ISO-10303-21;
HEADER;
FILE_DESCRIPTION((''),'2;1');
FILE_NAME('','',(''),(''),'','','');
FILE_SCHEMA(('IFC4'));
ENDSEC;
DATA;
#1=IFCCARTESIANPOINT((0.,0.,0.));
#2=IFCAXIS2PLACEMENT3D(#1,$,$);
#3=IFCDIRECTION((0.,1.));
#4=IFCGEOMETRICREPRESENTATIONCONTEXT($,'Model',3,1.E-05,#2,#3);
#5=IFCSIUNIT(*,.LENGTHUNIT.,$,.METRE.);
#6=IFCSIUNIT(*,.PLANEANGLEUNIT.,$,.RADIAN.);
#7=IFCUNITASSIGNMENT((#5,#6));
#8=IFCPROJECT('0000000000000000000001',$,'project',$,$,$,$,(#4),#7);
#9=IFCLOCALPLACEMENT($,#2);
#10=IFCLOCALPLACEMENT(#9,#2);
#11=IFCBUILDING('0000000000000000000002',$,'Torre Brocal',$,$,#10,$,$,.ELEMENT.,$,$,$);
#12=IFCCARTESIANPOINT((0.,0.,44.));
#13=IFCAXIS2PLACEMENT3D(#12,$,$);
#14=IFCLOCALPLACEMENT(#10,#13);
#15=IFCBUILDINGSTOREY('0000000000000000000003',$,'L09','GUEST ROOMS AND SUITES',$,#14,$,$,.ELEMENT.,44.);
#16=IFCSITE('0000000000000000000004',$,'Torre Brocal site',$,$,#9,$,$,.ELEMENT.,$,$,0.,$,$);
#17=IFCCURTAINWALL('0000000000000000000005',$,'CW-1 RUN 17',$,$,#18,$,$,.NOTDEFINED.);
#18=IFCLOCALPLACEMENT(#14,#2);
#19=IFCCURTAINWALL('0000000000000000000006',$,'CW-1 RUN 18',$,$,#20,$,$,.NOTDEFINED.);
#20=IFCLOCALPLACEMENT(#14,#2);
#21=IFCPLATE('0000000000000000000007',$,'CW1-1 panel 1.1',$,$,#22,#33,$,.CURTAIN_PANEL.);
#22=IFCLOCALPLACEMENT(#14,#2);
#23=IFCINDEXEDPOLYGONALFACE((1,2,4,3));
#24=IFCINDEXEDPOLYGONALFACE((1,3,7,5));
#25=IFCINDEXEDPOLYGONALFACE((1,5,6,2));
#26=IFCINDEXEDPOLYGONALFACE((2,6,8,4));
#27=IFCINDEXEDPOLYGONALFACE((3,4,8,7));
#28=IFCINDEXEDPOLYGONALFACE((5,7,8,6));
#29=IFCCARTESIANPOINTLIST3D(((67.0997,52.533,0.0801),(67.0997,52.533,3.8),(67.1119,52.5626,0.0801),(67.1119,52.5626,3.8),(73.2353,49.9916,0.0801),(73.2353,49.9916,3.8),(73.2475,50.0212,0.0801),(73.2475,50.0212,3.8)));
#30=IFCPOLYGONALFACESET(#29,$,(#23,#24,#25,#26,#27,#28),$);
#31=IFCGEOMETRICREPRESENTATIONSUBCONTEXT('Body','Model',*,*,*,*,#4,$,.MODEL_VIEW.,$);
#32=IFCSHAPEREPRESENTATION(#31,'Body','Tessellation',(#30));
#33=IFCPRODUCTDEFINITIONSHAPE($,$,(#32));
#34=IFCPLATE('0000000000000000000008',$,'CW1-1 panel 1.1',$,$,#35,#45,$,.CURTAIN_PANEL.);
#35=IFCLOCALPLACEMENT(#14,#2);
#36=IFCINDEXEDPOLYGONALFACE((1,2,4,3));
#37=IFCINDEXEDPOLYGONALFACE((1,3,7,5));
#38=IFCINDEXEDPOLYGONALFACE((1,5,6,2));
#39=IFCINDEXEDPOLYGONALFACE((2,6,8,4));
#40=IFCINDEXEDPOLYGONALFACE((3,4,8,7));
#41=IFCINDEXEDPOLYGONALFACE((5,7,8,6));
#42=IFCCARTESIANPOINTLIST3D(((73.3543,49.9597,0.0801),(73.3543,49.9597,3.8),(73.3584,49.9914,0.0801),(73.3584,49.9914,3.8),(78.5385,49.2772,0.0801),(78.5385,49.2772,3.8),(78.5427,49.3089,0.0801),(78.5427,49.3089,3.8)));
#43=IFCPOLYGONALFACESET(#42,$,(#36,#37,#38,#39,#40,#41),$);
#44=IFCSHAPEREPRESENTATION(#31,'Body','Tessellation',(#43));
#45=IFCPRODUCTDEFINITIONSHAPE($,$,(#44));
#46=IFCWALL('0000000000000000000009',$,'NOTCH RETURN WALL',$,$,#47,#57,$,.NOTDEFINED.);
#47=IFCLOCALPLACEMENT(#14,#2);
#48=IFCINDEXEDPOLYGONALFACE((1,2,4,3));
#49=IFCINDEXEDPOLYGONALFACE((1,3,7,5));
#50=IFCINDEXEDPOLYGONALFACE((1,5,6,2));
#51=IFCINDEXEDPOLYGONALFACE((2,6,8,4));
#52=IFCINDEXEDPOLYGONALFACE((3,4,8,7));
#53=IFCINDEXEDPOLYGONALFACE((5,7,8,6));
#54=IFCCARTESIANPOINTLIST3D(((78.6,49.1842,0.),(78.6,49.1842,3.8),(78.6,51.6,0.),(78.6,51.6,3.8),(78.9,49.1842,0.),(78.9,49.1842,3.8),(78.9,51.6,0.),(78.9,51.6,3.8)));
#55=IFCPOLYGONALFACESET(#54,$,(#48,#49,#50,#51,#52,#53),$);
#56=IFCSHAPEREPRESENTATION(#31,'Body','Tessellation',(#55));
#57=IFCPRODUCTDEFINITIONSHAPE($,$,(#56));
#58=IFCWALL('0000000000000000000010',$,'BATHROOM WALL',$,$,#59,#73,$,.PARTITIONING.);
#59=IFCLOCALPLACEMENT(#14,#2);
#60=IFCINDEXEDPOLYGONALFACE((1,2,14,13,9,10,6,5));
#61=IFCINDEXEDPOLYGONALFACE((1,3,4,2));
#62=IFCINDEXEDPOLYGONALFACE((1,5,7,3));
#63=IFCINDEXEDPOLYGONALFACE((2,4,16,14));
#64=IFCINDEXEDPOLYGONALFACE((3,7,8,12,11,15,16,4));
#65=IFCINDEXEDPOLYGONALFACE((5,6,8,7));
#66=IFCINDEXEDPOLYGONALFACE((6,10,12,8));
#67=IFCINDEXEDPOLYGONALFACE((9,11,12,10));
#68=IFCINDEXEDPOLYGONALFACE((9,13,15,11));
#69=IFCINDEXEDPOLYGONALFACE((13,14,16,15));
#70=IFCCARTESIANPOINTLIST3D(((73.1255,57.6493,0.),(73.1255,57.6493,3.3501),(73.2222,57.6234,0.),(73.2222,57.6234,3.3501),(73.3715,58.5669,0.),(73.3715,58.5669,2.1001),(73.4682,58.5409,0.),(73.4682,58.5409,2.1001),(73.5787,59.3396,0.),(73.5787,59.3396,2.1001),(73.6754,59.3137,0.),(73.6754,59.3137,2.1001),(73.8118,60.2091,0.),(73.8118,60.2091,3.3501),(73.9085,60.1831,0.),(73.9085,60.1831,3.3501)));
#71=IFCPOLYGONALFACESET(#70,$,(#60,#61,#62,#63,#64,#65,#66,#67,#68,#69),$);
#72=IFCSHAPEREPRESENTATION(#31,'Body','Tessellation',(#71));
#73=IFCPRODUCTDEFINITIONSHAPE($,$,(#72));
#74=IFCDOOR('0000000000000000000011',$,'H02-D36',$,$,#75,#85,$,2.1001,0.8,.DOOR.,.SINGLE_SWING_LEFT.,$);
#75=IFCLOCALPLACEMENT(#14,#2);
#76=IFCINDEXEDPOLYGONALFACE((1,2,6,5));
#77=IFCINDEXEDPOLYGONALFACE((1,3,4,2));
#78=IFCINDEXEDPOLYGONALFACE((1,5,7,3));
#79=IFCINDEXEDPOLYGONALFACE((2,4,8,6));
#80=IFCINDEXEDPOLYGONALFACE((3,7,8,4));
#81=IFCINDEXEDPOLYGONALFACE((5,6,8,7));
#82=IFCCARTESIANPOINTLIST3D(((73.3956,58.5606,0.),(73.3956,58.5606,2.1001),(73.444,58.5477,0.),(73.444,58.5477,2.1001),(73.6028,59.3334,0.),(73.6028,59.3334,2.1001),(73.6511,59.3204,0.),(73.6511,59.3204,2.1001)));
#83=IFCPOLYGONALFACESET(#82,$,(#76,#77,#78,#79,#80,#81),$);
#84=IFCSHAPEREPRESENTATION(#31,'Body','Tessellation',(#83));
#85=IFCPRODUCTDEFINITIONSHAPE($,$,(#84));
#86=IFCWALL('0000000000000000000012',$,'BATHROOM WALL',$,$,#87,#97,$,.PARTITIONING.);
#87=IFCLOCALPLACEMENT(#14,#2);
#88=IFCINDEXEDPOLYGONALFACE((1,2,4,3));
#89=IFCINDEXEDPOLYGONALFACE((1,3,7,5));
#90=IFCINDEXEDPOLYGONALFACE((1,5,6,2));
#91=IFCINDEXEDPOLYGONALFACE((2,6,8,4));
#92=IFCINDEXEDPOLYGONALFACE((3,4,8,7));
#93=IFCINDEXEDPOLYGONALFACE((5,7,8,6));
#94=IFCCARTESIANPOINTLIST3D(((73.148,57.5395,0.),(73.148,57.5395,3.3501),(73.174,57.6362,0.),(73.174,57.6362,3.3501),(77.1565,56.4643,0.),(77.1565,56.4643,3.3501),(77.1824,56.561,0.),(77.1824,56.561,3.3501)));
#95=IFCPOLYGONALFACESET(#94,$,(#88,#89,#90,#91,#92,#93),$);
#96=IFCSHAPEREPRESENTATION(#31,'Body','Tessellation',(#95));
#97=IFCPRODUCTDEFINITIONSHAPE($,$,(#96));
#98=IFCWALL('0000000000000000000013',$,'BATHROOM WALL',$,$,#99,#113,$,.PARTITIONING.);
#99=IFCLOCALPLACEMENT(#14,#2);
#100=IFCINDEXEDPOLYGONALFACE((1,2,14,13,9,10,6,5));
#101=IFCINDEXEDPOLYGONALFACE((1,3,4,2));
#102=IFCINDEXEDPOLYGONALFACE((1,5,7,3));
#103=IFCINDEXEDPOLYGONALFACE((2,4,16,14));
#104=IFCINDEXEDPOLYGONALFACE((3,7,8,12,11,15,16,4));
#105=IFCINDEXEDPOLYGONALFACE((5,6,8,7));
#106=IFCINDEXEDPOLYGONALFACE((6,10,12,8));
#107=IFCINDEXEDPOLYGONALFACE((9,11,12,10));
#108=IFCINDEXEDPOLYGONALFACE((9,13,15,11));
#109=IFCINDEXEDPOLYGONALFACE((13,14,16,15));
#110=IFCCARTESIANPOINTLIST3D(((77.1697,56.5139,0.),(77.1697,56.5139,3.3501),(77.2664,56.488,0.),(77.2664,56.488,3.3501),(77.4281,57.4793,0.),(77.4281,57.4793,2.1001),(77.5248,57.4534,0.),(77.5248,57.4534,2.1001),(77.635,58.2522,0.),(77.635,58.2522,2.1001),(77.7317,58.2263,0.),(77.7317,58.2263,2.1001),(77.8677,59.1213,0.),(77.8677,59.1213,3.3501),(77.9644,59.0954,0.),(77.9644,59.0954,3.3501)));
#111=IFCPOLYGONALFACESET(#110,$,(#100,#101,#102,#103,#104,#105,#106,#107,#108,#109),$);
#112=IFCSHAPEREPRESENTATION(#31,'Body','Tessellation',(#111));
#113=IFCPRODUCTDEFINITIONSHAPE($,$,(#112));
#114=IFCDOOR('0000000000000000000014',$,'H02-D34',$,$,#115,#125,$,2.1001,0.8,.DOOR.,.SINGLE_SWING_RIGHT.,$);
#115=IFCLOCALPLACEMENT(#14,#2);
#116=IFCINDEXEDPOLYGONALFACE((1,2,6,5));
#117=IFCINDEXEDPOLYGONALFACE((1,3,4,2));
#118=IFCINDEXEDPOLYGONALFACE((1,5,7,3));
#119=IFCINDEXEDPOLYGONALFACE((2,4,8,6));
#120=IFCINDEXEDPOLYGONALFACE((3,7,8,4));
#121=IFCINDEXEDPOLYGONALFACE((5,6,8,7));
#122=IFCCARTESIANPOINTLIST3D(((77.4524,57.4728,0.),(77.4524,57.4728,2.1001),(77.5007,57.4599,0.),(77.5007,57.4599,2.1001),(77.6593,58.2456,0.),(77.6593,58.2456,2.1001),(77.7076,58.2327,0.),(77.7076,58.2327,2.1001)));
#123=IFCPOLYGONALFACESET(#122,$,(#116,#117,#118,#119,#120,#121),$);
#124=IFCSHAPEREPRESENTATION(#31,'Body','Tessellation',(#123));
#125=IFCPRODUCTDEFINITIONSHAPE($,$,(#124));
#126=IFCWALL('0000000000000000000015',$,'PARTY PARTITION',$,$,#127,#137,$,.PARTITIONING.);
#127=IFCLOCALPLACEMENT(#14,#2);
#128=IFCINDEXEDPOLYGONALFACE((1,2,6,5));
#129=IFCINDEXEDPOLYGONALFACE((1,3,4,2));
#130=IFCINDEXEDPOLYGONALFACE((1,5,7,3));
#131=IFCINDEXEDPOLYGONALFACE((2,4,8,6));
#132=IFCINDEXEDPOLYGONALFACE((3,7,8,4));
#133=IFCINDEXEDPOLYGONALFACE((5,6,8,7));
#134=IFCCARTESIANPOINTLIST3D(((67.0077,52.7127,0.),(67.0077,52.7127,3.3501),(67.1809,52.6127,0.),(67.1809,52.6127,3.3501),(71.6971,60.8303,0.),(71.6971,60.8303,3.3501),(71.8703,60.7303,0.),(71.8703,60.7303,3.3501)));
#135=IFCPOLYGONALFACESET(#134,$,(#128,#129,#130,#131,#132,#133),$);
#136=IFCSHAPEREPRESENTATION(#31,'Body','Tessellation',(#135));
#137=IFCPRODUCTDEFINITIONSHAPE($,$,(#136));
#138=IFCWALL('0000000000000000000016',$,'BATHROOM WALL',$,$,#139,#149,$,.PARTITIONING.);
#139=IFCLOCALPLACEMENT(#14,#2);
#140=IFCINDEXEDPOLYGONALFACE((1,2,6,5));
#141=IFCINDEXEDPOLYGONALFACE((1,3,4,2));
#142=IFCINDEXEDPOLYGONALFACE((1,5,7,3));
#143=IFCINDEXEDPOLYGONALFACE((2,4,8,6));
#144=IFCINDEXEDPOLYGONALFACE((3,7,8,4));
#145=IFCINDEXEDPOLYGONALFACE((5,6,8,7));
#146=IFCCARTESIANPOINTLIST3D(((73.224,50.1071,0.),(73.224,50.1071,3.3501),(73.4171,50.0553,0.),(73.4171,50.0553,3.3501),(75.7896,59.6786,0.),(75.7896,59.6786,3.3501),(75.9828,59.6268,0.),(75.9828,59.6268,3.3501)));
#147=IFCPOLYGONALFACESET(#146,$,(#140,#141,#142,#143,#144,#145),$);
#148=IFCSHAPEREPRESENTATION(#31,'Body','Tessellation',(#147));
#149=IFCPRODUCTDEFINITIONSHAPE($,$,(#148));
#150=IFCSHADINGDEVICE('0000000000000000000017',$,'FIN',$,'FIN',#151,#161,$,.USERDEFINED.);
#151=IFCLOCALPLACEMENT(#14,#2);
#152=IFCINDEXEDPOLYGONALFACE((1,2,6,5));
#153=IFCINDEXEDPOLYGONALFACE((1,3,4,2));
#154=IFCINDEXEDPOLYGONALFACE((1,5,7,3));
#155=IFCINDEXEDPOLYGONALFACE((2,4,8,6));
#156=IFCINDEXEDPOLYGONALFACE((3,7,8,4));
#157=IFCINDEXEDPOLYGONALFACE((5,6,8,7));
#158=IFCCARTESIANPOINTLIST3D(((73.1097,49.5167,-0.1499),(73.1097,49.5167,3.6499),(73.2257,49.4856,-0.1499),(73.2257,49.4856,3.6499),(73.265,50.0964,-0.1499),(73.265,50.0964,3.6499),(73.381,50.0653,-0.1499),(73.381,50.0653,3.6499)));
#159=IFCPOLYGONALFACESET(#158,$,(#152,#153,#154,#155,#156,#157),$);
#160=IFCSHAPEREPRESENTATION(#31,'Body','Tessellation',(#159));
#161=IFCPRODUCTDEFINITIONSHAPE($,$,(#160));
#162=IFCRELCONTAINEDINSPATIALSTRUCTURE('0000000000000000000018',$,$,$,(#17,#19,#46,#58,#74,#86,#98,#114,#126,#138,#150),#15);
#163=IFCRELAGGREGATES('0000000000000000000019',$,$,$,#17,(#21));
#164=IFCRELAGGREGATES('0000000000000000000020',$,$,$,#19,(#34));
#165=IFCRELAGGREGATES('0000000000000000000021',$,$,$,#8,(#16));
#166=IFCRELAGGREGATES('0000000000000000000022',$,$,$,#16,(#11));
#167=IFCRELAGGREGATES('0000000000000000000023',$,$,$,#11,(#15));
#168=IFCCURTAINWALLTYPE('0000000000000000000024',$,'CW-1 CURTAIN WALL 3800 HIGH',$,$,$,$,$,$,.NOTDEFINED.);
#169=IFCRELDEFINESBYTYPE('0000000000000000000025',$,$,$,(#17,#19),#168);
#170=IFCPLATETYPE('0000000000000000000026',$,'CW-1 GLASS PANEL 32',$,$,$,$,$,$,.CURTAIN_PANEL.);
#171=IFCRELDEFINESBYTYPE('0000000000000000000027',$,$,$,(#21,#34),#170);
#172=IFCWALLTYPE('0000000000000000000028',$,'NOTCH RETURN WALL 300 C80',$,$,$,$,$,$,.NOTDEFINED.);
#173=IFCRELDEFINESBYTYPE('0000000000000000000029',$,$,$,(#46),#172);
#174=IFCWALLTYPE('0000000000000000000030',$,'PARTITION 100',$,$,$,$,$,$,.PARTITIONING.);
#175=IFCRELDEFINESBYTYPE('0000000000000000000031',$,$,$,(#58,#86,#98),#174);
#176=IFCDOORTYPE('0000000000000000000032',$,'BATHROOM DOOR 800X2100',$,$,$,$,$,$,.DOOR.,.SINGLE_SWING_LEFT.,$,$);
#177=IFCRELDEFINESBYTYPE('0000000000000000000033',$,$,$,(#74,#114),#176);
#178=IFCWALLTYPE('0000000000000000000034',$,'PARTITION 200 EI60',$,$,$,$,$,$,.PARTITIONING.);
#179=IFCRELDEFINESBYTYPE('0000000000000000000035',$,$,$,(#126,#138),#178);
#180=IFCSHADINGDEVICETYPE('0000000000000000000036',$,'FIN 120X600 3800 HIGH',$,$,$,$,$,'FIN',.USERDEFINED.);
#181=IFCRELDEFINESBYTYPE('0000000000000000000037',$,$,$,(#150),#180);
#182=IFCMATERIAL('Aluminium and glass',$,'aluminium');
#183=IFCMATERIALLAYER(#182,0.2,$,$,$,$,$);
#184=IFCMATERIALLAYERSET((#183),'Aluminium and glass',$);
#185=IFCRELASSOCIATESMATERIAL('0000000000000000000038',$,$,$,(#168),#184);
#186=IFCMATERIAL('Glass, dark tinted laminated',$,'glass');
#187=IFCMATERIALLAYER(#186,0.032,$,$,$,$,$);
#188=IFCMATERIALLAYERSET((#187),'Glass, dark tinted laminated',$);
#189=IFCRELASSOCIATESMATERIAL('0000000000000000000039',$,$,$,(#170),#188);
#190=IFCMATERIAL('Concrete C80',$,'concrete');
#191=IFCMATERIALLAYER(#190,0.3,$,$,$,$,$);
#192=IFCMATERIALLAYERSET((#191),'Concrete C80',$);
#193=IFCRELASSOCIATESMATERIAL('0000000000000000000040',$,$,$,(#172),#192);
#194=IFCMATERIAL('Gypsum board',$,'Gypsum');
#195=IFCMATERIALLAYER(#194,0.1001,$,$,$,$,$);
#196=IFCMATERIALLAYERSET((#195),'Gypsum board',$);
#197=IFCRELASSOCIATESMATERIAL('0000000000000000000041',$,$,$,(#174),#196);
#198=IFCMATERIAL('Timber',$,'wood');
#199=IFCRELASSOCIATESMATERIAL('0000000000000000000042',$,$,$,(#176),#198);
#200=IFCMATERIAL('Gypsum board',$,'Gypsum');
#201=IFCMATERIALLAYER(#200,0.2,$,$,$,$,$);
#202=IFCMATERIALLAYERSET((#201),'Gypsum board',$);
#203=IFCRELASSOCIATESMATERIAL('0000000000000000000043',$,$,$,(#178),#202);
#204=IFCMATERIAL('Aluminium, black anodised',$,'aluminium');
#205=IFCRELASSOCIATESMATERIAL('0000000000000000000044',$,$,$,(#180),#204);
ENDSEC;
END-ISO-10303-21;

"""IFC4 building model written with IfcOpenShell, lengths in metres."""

from ifc_helpers import new_model, si_unit, direction, frame, frame_2d, origin, origin_2d, place, context, subcontext, project, spatial, rectangle, extrude, material, layer, layer_set, material_profile, profile_set, type_object, element, fill, aggregate, save


model = new_model("IFC4")

# Units and contexts
model_context = context("Model", 3, precision=1e-05, world=origin(), true_north=direction((0.0, 1.0)))
body_context = subcontext(model_context, "Body", "Model", "MODEL_VIEW")
ifc_project = project(units=[si_unit("LENGTHUNIT", "METRE"), si_unit("PLANEANGLEUNIT", "RADIAN")], contexts=[model_context])

# Site, building, storey
site_placement = place(None, origin())
site = spatial("IfcSite", under=ifc_project, at=site_placement, Name="Torre Brocal site", CompositionType="ELEMENT", RefElevation=0.0)
building_placement = place(site_placement, origin())
building = spatial("IfcBuilding", under=site, at=building_placement, Name="Torre Brocal", CompositionType="ELEMENT")
storey_placement = place(building_placement, frame((0.0, 0.0, 44.0)))
storey = spatial("IfcBuildingStorey", under=building, at=storey_placement, Name="L09", Description="GUEST ROOMS AND SUITES", CompositionType="ELEMENT", Elevation=44.0)

# Shared definitions
ifc_material_1 = material(Name="Aluminium and glass", Category="aluminium")
ifc_layer_1 = layer(ifc_material_1, 0.2)
ifc_layer_set_1 = layer_set([ifc_layer_1], Name="Aluminium and glass")
curtain_wall_type = type_object("IfcCurtainWallType", Name="CW-1 CURTAIN WALL 3800 HIGH", PredefinedType="NOTDEFINED", material=ifc_layer_set_1)

# Curtain walls
curtain_wall_1_placement = place(storey_placement, origin())
curtain_wall_1 = element("IfcCurtainWall", 1, at=curtain_wall_1_placement, inside=storey, type_object=curtain_wall_type, Name="CW-1 RUN 17", PredefinedType="NOTDEFINED")
curtain_wall_2_placement = place(storey_placement, origin())
curtain_wall_2 = element("IfcCurtainWall", 2, at=curtain_wall_2_placement, inside=storey, type_object=curtain_wall_type, Name="CW-1 RUN 18", PredefinedType="NOTDEFINED")

# Plates
ifc_material_2 = material(Name="Glass, dark tinted laminated", Category="glass")
ifc_layer_2 = layer(ifc_material_2, 0.032)
ifc_layer_set_2 = layer_set([ifc_layer_2], Name="Glass, dark tinted laminated")
plate_type = type_object("IfcPlateType", Name="CW-1 GLASS PANEL 32", PredefinedType="CURTAIN_PANEL", material=ifc_layer_set_2)
plate_1_placement = place(storey_placement, frame((70.1736, 51.2771, 0.0801), z_axis=(0.0, 0.0, 1.0), x_axis=(0.92388, -0.382683, 0.0)))
plate_1 = element("IfcPlate", 3, at=plate_1_placement, type_object=plate_type, Name="CW1-1 panel 1.1", PredefinedType="CURTAIN_PANEL", context=body_context, shape_type="SweptSolid", body=[
    extrude(rectangle(XDim=6.6411, YDim=0.032, at=origin_2d()), origin(), (0.0, 0.0, 1.0), 3.72),
])
aggregate(curtain_wall_1, [plate_1])
plate_2_placement = place(storey_placement, frame((75.9485, 49.6343, 0.0801), z_axis=(0.0, 0.0, 1.0), x_axis=(0.991445, -0.130526, 0.0)))
plate_2 = element("IfcPlate", 4, at=plate_2_placement, type_object=plate_type, Name="CW1-1 panel 1.1", PredefinedType="CURTAIN_PANEL", context=body_context, shape_type="SweptSolid", body=[
    extrude(rectangle(XDim=5.229, YDim=0.032, at=origin_2d()), origin(), (0.0, 0.0, 1.0), 3.72),
])
aggregate(curtain_wall_2, [plate_2])

# Wall
ifc_material_3 = material(Name="Concrete C80", Category="concrete")
ifc_layer_3 = layer(ifc_material_3, 0.3)
ifc_layer_set_3 = layer_set([ifc_layer_3], Name="Concrete C80")
wall_type_1 = type_object("IfcWallType", Name="NOTCH RETURN WALL 300 C80", PredefinedType="NOTDEFINED", material=ifc_layer_set_3)
wall_1_placement = place(storey_placement, frame((78.75, 51.6001, 0.0), z_axis=(0.0, 0.0, 1.0), x_axis=(0.0, -1.0, 0.0)))
element("IfcWall", 5, at=wall_1_placement, inside=storey, type_object=wall_type_1, Name="NOTCH RETURN WALL", PredefinedType="NOTDEFINED", context=body_context, shape_type="SweptSolid", body=[
    extrude(rectangle(XDim=2.4158, YDim=0.3, at=frame_2d((1.208, 0.0))), origin(), (0.0, 0.0, 1.0), 3.8),
])

# Wall, opening, door
ifc_material_4 = material(Name="Gypsum board", Category="Gypsum")
ifc_layer_4 = layer(ifc_material_4, 0.1001)
ifc_layer_set_4 = layer_set([ifc_layer_4], Name="Gypsum board")
wall_type_2 = type_object("IfcWallType", Name="PARTITION 100", PredefinedType="PARTITIONING", material=ifc_layer_set_4)
wall_2_placement = place(storey_placement, frame((73.1738, 57.6362, 0.0), z_axis=(0.0, 0.0, 1.0), x_axis=(0.258952, 0.96589, 0.0)))
wall_2 = element("IfcWall", 6, at=wall_2_placement, inside=storey, type_object=wall_type_2, Name="BATHROOM WALL", PredefinedType="PARTITIONING", context=body_context, shape_type="SweptSolid", body=[
    extrude(rectangle(XDim=2.6501, YDim=0.1001, at=frame_2d((1.3252, 0.0))), origin(), (0.0, 0.0, 1.0), 3.3501),
])
opening_1_placement = place(wall_2_placement, frame((0.9502, 0.0, 0.0)))
opening_1 = element("IfcOpeningElement", 7, at=opening_1_placement, cuts=wall_2, PredefinedType="OPENING", context=body_context, shape_type="SweptSolid", body=[
    extrude(rectangle(XDim=0.8, YDim=2.1001, at=frame_2d((0.3999, 1.05))), frame((0.0, 0.0601, 0.0), z_axis=(0.0, -1.0, 0.0), x_axis=(1.0, 0.0, 0.0)), (0.0, 0.0, 1.0), 0.1201),
])
ifc_material_5 = material(Name="Timber", Category="wood")
door_type = type_object("IfcDoorType", Name="BATHROOM DOOR 800X2100", OperationType="SINGLE_SWING_LEFT", PredefinedType="DOOR", material=ifc_material_5)
door_1_placement = place(opening_1_placement, frame((0.8, 0.0, 0.0), z_axis=(0.0, 0.0, 1.0), x_axis=(-1.0, 0.0, 0.0)))
door_1 = element("IfcDoor", 8, at=door_1_placement, inside=storey, type_object=door_type, Name="H02-D36", OperationType="SINGLE_SWING_LEFT", OverallHeight=2.1001, OverallWidth=0.8, PredefinedType="DOOR", context=body_context, shape_type="SweptSolid", body=[
    extrude(rectangle(XDim=0.8, YDim=2.1001, at=frame_2d((0.3999, 1.05))), frame((0.0, 0.0249, 0.0), z_axis=(0.0, -1.0, 0.0), x_axis=(1.0, 0.0, 0.0)), (0.0, 0.0, 1.0), 0.05),
])
fill(opening_1, door_1)

# Wall
wall_3_placement = place(storey_placement, frame((73.1609, 57.5879, 0.0), z_axis=(0.0, 0.0, 1.0), x_axis=(0.965859, -0.259068, 0.0)))
element("IfcWall", 9, at=wall_3_placement, inside=storey, type_object=wall_type_2, Name="BATHROOM WALL", PredefinedType="PARTITIONING", context=body_context, shape_type="SweptSolid", body=[
    extrude(rectangle(XDim=4.1501, YDim=0.1001, at=frame_2d((2.0752, 0.0))), origin(), (0.0, 0.0, 1.0), 3.3501),
])

# Wall, opening, door
wall_4_placement = place(storey_placement, frame((77.218, 56.501, 0.0), z_axis=(0.0, 0.0, 1.0), x_axis=(0.258591, 0.965987, 0.0)))
wall_4 = element("IfcWall", 10, at=wall_4_placement, inside=storey, type_object=wall_type_2, Name="BATHROOM WALL", PredefinedType="PARTITIONING", context=body_context, shape_type="SweptSolid", body=[
    extrude(rectangle(XDim=2.6992, YDim=0.1001, at=frame_2d((1.3496, 0.0))), origin(), (0.0, 0.0, 1.0), 3.3501),
])
opening_2_placement = place(wall_4_placement, frame((0.9995, 0.0, 0.0)))
opening_2 = element("IfcOpeningElement", 11, at=opening_2_placement, cuts=wall_4, PredefinedType="OPENING", context=body_context, shape_type="SweptSolid", body=[
    extrude(rectangle(XDim=0.8, YDim=2.1001, at=frame_2d((0.3999, 1.05))), frame((0.0, 0.0601, 0.0), z_axis=(0.0, -1.0, 0.0), x_axis=(1.0, 0.0, 0.0)), (0.0, 0.0, 1.0), 0.1201),
])
door_2_placement = place(opening_2_placement, origin())
door_2 = element("IfcDoor", 12, at=door_2_placement, inside=storey, type_object=door_type, Name="H02-D34", OperationType="SINGLE_SWING_RIGHT", OverallHeight=2.1001, OverallWidth=0.8, PredefinedType="DOOR", context=body_context, shape_type="SweptSolid", body=[
    extrude(rectangle(XDim=0.8, YDim=2.1001, at=frame_2d((0.3999, 1.05))), frame((0.0, 0.0249, 0.0), z_axis=(0.0, -1.0, 0.0), x_axis=(1.0, 0.0, 0.0)), (0.0, 0.0, 1.0), 0.05),
])
fill(opening_2, door_2)

# Walls
ifc_material_6 = material(Name="Gypsum board", Category="Gypsum")
ifc_layer_5 = layer(ifc_material_6, 0.2)
ifc_layer_set_5 = layer_set([ifc_layer_5], Name="Gypsum board")
wall_type_3 = type_object("IfcWallType", Name="PARTITION 200 EI60", PredefinedType="PARTITIONING", material=ifc_layer_set_5)
wall_5_placement = place(storey_placement, frame((67.0942, 52.6626, 0.0), z_axis=(0.0, 0.0, 1.0), x_axis=(0.500217, 0.8659, 0.0)))
element("IfcWall", 13, at=wall_5_placement, inside=storey, type_object=wall_type_3, Name="PARTY PARTITION", PredefinedType="PARTITIONING", context=body_context, shape_type="SweptSolid", body=[
    extrude(rectangle(XDim=9.3748, YDim=0.2, at=frame_2d((4.6875, 0.0))), origin(), (0.0, 0.0, 1.0), 3.3501),
])
wall_6_placement = place(storey_placement, frame((73.3206, 50.0813, 0.0), z_axis=(0.0, 0.0, 1.0), x_axis=(0.258912, 0.965901, 0.0)))
element("IfcWall", 14, at=wall_6_placement, inside=storey, type_object=wall_type_3, Name="BATHROOM WALL", PredefinedType="PARTITIONING", context=body_context, shape_type="SweptSolid", body=[
    extrude(rectangle(XDim=9.9094, YDim=0.2, at=frame_2d((4.9546, 0.0))), origin(), (0.0, 0.0, 1.0), 3.3501),
])

# Shading device
ifc_material_7 = material(Name="Aluminium, black anodised", Category="aluminium")
ifc_material_profile_1 = material_profile(ifc_material_7, rectangle(XDim=0.1201, YDim=0.6001, at=origin_2d()), Name="FIN 120X600 3800 HIGH")
ifc_profile_set_1 = profile_set([ifc_material_profile_1], Name="Aluminium, black anodised")
shading_device_type = type_object("IfcShadingDeviceType", Name="FIN 120X600 3800 HIGH", ElementType="FIN", PredefinedType="USERDEFINED", material=ifc_profile_set_1)
shading_device_placement = place(storey_placement, frame((73.2454, 49.791, -0.1499), z_axis=(0.0, 0.0, 1.0), x_axis=(0.965926, -0.258819, 0.0)))
element("IfcShadingDevice", 15, at=shading_device_placement, inside=storey, type_object=shading_device_type, Name="FIN", ObjectType="FIN", PredefinedType="USERDEFINED", context=body_context, shape_type="SweptSolid", body=[
    extrude(rectangle(XDim=0.1201, YDim=0.6001, at=origin_2d()), origin(), (0.0, 0.0, 1.0), 3.7998),
])

save(model, "model.ifc")
